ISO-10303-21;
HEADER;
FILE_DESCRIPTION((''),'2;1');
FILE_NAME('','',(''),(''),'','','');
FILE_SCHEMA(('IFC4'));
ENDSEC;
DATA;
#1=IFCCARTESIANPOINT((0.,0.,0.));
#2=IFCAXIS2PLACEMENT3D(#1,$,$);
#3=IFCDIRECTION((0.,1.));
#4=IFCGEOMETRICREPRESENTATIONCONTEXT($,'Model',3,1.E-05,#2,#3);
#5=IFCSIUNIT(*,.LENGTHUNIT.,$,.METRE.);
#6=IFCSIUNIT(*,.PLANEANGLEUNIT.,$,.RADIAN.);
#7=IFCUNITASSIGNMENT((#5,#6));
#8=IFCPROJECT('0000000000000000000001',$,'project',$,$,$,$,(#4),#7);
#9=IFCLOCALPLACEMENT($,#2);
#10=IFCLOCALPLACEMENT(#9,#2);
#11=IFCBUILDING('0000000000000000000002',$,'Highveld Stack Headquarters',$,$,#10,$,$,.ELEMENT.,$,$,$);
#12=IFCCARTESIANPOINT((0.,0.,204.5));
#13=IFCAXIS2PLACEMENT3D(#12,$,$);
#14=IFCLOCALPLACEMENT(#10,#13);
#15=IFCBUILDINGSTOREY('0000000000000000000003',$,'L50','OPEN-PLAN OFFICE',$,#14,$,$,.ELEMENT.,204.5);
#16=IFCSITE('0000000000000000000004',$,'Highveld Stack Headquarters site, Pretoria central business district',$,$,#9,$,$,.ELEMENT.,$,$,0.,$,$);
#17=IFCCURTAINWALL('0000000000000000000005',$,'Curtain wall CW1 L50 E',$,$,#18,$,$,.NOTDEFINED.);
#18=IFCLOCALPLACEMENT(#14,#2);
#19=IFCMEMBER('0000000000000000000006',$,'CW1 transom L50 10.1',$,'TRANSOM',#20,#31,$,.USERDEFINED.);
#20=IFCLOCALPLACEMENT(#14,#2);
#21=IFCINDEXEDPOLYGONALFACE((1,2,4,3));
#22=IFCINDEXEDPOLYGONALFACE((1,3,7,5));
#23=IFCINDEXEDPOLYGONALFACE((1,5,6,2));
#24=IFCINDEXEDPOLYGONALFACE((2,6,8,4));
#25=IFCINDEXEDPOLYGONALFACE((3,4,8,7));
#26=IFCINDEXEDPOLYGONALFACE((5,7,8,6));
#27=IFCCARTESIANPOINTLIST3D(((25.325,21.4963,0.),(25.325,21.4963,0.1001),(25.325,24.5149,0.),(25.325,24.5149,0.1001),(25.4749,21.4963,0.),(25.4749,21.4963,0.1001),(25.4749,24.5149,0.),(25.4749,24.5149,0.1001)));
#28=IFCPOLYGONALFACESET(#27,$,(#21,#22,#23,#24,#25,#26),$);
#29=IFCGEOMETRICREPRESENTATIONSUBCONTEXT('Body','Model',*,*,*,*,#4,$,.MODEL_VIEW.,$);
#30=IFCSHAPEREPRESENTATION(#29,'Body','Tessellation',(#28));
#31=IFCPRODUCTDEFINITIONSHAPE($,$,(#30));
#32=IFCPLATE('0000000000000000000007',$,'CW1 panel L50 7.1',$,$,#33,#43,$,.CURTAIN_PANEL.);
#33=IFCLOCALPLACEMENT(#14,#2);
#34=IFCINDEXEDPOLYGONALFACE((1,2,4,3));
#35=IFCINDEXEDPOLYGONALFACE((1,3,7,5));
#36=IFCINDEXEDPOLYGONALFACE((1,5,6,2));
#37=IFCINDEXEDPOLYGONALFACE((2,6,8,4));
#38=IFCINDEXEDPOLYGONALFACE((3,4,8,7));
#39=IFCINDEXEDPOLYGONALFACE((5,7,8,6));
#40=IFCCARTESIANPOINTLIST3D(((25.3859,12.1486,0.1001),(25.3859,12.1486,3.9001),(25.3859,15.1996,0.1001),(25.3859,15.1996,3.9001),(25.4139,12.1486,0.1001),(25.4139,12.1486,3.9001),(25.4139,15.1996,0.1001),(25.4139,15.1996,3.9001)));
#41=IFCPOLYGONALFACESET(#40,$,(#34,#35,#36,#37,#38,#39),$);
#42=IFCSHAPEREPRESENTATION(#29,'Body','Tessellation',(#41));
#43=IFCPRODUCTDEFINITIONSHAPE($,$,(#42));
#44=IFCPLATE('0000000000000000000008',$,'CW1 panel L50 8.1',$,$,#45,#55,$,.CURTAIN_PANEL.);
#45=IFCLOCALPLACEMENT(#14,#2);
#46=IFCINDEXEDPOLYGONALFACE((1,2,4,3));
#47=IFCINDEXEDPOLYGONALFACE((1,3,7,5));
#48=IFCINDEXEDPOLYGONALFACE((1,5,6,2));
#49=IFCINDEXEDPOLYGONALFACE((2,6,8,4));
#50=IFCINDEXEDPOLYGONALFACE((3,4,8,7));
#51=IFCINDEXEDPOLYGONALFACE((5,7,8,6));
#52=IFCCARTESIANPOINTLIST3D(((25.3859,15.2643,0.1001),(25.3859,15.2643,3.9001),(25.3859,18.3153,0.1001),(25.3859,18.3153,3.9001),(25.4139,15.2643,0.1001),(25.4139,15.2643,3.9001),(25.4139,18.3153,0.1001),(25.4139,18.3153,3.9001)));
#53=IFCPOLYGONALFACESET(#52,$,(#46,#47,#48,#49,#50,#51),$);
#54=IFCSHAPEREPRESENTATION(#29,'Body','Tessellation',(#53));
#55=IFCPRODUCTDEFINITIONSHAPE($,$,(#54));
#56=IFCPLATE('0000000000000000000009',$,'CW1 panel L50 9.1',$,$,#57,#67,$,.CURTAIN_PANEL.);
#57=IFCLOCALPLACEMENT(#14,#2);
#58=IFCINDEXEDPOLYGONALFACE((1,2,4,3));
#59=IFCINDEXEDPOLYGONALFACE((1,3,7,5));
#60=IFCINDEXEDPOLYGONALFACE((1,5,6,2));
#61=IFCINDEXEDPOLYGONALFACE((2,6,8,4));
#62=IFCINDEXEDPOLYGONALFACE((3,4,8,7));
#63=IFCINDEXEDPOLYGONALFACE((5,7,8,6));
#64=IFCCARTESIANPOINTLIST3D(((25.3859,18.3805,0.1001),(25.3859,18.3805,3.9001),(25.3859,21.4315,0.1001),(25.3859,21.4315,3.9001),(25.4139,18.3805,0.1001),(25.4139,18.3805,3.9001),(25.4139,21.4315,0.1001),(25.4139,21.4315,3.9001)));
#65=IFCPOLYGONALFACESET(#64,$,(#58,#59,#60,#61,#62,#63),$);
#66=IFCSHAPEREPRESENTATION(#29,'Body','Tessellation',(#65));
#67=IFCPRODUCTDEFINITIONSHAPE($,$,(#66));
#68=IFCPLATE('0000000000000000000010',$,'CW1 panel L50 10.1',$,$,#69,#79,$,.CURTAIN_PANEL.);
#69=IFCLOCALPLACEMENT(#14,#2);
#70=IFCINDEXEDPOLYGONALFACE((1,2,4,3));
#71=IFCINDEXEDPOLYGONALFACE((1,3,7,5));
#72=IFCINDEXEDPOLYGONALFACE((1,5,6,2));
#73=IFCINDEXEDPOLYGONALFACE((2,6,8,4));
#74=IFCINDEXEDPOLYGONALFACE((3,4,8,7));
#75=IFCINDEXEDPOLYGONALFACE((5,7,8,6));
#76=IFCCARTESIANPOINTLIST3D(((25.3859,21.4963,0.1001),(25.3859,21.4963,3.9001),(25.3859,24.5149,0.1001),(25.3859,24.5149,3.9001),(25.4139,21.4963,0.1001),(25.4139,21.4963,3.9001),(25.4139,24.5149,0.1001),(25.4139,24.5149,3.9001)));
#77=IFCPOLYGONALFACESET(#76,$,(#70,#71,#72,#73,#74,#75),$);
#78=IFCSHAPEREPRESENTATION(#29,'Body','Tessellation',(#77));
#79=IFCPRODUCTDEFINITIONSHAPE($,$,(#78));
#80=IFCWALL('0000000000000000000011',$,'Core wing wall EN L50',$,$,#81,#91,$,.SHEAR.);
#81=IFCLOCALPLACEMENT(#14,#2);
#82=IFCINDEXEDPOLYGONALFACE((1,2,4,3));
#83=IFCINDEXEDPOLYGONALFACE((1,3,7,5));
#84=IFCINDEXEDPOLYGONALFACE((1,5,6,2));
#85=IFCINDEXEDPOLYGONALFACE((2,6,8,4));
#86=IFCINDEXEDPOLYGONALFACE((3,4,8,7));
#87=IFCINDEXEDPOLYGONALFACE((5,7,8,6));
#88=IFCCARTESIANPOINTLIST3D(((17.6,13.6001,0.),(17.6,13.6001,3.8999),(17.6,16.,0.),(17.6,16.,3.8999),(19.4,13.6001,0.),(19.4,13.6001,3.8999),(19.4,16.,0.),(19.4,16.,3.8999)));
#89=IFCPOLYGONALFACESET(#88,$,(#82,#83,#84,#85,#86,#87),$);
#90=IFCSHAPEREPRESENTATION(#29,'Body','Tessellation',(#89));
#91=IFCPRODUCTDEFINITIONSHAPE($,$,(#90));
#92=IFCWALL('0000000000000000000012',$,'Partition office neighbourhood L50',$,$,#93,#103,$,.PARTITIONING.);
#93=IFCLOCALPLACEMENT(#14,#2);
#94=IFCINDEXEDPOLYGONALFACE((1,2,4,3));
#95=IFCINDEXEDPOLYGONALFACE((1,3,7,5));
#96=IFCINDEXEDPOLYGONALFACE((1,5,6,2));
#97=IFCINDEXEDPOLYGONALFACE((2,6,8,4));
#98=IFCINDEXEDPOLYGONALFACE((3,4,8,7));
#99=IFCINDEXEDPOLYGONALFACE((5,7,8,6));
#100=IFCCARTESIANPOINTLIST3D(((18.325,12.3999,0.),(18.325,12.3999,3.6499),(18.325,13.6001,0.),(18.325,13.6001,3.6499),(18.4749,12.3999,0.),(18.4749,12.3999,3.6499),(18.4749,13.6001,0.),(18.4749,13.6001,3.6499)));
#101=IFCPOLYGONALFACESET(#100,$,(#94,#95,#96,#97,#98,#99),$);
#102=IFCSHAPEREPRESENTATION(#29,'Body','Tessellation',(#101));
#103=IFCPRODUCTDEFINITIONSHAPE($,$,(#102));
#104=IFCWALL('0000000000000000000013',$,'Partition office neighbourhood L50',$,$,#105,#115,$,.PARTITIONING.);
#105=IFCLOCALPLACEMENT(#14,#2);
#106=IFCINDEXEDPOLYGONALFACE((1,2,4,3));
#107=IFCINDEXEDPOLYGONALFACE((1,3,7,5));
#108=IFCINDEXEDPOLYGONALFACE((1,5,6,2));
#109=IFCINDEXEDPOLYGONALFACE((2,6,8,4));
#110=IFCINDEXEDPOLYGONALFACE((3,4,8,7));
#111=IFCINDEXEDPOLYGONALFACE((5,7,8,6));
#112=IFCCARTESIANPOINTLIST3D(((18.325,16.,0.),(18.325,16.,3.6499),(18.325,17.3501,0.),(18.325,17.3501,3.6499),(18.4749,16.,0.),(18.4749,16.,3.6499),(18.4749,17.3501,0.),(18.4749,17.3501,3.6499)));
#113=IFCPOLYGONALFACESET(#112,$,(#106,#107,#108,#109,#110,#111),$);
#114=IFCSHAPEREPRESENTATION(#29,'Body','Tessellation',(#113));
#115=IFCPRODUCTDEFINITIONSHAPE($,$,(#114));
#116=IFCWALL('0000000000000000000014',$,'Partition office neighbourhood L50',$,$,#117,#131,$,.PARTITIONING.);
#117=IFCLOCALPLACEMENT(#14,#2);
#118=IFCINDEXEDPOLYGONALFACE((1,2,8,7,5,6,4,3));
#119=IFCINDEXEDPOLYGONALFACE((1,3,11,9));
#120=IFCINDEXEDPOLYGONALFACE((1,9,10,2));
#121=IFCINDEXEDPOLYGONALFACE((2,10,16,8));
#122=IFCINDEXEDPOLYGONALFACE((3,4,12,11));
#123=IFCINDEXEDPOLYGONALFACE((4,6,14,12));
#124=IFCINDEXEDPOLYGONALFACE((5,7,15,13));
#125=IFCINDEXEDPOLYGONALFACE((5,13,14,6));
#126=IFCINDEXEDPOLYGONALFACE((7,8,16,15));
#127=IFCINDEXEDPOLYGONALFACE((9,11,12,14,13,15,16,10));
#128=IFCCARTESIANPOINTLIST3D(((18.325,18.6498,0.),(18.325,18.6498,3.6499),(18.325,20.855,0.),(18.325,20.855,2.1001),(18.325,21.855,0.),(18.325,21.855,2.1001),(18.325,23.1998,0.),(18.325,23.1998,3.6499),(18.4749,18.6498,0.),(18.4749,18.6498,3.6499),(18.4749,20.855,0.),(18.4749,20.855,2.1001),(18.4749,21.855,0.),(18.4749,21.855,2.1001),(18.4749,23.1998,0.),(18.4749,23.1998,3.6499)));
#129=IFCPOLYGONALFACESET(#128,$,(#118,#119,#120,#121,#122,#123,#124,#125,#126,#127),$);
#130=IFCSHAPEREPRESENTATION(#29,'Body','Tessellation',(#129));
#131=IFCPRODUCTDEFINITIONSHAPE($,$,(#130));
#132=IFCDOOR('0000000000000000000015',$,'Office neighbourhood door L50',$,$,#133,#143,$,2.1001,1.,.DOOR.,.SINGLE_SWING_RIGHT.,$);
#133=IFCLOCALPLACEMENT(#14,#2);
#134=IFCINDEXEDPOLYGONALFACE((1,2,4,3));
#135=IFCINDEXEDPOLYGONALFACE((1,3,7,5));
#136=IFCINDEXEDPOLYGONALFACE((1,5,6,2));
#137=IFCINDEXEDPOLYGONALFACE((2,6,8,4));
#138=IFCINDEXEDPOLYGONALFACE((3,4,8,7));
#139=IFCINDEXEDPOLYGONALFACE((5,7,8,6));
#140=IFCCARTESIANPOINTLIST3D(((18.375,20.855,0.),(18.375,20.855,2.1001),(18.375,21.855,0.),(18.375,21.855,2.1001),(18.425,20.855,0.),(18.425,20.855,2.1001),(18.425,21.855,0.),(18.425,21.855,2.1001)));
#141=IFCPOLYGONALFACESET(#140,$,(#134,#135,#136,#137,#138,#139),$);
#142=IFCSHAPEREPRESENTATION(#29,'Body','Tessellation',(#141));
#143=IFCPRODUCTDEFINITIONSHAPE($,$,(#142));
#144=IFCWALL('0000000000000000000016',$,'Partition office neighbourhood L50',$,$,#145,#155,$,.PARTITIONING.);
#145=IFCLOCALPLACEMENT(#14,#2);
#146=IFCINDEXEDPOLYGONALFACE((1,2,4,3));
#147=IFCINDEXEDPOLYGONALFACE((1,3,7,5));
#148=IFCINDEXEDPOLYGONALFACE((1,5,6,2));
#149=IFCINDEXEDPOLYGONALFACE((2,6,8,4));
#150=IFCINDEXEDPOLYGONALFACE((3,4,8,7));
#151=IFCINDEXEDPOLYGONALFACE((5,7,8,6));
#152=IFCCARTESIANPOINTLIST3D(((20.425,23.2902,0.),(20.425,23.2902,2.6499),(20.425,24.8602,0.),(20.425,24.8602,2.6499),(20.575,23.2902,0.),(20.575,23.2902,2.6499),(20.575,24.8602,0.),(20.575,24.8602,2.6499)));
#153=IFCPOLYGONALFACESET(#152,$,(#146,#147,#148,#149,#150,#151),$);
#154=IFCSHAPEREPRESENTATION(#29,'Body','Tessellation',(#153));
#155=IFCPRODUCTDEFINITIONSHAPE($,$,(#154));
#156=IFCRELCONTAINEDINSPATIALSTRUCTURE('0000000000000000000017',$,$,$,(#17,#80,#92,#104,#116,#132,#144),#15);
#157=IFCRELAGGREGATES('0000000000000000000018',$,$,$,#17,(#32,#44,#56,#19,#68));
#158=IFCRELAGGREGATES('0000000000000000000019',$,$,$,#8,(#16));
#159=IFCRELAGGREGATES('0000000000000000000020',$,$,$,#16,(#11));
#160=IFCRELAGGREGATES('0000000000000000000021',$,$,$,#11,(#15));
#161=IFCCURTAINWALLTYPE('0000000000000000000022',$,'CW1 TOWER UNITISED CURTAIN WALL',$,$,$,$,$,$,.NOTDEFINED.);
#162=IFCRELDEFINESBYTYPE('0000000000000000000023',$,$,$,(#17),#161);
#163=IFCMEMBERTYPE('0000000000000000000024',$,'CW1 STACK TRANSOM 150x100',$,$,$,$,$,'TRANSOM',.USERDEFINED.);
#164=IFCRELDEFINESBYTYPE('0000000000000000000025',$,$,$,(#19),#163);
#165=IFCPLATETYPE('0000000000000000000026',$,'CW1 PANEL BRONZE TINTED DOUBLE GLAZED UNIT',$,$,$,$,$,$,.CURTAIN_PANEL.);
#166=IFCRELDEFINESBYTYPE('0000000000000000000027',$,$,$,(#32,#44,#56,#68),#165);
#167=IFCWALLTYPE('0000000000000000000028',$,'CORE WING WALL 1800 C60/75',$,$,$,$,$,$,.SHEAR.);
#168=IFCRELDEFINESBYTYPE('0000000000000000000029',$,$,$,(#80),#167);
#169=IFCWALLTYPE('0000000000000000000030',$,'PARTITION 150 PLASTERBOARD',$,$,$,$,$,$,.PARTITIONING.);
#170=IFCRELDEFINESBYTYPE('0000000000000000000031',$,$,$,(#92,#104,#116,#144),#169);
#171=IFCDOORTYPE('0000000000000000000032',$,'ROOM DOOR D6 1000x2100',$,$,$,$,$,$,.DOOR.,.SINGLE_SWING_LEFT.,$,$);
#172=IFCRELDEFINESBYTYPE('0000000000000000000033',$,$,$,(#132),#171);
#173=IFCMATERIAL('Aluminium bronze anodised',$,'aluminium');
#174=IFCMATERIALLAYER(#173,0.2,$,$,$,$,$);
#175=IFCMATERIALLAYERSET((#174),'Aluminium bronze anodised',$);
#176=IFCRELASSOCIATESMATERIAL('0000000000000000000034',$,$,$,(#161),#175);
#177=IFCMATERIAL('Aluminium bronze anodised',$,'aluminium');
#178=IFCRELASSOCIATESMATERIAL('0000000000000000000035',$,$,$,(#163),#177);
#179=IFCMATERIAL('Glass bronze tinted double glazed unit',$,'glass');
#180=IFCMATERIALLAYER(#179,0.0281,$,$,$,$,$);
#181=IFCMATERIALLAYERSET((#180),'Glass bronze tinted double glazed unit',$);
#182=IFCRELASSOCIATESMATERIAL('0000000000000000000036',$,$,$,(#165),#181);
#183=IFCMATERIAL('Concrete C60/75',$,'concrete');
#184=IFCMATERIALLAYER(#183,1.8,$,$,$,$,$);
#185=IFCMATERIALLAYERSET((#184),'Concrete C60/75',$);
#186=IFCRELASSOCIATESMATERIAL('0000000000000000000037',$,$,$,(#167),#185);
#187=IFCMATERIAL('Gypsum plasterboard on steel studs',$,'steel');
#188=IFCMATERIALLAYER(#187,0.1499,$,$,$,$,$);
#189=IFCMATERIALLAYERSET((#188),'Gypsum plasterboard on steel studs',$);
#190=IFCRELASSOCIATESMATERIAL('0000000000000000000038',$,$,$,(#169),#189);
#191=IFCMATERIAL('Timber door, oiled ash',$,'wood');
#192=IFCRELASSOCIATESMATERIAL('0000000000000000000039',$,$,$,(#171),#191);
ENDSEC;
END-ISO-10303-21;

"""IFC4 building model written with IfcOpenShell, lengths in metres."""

from ifc_helpers import new_model, si_unit, direction, frame, frame_2d, origin, origin_2d, place, context, subcontext, project, spatial, rectangle, extrude, material, layer, layer_set, material_profile, profile_set, type_object, element, fill, aggregate, save


model = new_model("IFC4")

# Units and contexts
model_context = context("Model", 3, precision=1e-05, world=origin(), true_north=direction((0.0, 1.0)))
body_context = subcontext(model_context, "Body", "Model", "MODEL_VIEW")
ifc_project = project(units=[si_unit("LENGTHUNIT", "METRE"), si_unit("PLANEANGLEUNIT", "RADIAN")], contexts=[model_context])

# Site, building, storey
site_placement = place(None, origin())
site = spatial("IfcSite", under=ifc_project, at=site_placement, Name="Highveld Stack Headquarters site, Pretoria central business district", CompositionType="ELEMENT", RefElevation=0.0)
building_placement = place(site_placement, origin())
building = spatial("IfcBuilding", under=site, at=building_placement, Name="Highveld Stack Headquarters", CompositionType="ELEMENT")
storey_placement = place(building_placement, frame((0.0, 0.0, 204.5)))
storey = spatial("IfcBuildingStorey", under=building, at=storey_placement, Name="L50", Description="OPEN-PLAN OFFICE", CompositionType="ELEMENT", Elevation=204.5)

# Curtain wall, member, plates
ifc_material_1 = material(Name="Aluminium bronze anodised", Category="aluminium")
ifc_layer_1 = layer(ifc_material_1, 0.2)
ifc_layer_set_1 = layer_set([ifc_layer_1], Name="Aluminium bronze anodised")
curtain_wall_type = type_object("IfcCurtainWallType", Name="CW1 TOWER UNITISED CURTAIN WALL", PredefinedType="NOTDEFINED", material=ifc_layer_set_1)
curtain_wall_placement = place(storey_placement, origin())
curtain_wall = element("IfcCurtainWall", 1, at=curtain_wall_placement, inside=storey, type_object=curtain_wall_type, Name="Curtain wall CW1 L50 E", PredefinedType="NOTDEFINED")
ifc_material_2 = material(Name="Aluminium bronze anodised", Category="aluminium")
ifc_material_profile_1 = material_profile(ifc_material_2, rectangle(XDim=0.1499, YDim=0.1001, at=origin_2d()), Name="CW1 TRANSOM 150x100")
ifc_profile_set_1 = profile_set([ifc_material_profile_1], Name="Aluminium bronze anodised")
member_type_1 = type_object("IfcMemberType", Name="CW1 STACK TRANSOM 150x100", ElementType="TRANSOM", PredefinedType="USERDEFINED", material=ifc_profile_set_1)
member_1_placement = place(storey_placement, frame((25.3999, 21.4963, 0.05), z_axis=(0.0, 1.0, 0.0), x_axis=(-1.0, 0.0, 0.0)))
member_1 = element("IfcMember", 2, at=member_1_placement, type_object=member_type_1, Name="CW1 transom L50 10.1", ObjectType="TRANSOM", PredefinedType="USERDEFINED", context=body_context, shape_type="SweptSolid", body=[
    extrude(rectangle(XDim=0.1499, YDim=0.1001, at=origin_2d()), origin(), (0.0, 0.0, 1.0), 3.0186),
])
ifc_material_3 = material(Name="Glass bronze tinted double glazed unit", Category="glass")
ifc_layer_2 = layer(ifc_material_3, 0.0281)
ifc_layer_set_2 = layer_set([ifc_layer_2], Name="Glass bronze tinted double glazed unit")
plate_type = type_object("IfcPlateType", Name="CW1 PANEL BRONZE TINTED DOUBLE GLAZED UNIT", PredefinedType="CURTAIN_PANEL", material=ifc_layer_set_2)
plate_1_placement = place(storey_placement, frame((25.3999, 13.6741, 0.1001), z_axis=(0.0, 0.0, 1.0), x_axis=(0.0, 1.0, 0.0)))
plate_1 = element("IfcPlate", 3, at=plate_1_placement, type_object=plate_type, Name="CW1 panel L50 7.1", PredefinedType="CURTAIN_PANEL", context=body_context, shape_type="SweptSolid", body=[
    extrude(rectangle(XDim=3.051, YDim=0.0281, at=origin_2d()), origin(), (0.0, 0.0, 1.0), 3.8),
])
plate_2_placement = place(storey_placement, frame((25.3999, 16.7898, 0.1001), z_axis=(0.0, 0.0, 1.0), x_axis=(0.0, 1.0, 0.0)))
plate_2 = element("IfcPlate", 4, at=plate_2_placement, type_object=plate_type, Name="CW1 panel L50 8.1", PredefinedType="CURTAIN_PANEL", context=body_context, shape_type="SweptSolid", body=[
    extrude(rectangle(XDim=3.051, YDim=0.0281, at=origin_2d()), origin(), (0.0, 0.0, 1.0), 3.8),
])
plate_3_placement = place(storey_placement, frame((25.3999, 19.906, 0.1001), z_axis=(0.0, 0.0, 1.0), x_axis=(0.0, 1.0, 0.0)))
plate_3 = element("IfcPlate", 5, at=plate_3_placement, type_object=plate_type, Name="CW1 panel L50 9.1", PredefinedType="CURTAIN_PANEL", context=body_context, shape_type="SweptSolid", body=[
    extrude(rectangle(XDim=3.051, YDim=0.0281, at=origin_2d()), origin(), (0.0, 0.0, 1.0), 3.8),
])
plate_4_placement = place(storey_placement, frame((25.3999, 23.0056, 0.1001), z_axis=(0.0, 0.0, 1.0), x_axis=(0.0, 1.0, 0.0)))
plate_4 = element("IfcPlate", 6, at=plate_4_placement, type_object=plate_type, Name="CW1 panel L50 10.1", PredefinedType="CURTAIN_PANEL", context=body_context, shape_type="SweptSolid", body=[
    extrude(rectangle(XDim=3.0186, YDim=0.0281, at=origin_2d()), origin(), (0.0, 0.0, 1.0), 3.8),
])
aggregate(curtain_wall, [plate_1, plate_2, plate_3, member_1, plate_4])

# Walls
ifc_material_4 = material(Name="Concrete C60/75", Category="concrete")
ifc_layer_3 = layer(ifc_material_4, 1.8)
ifc_layer_set_3 = layer_set([ifc_layer_3], Name="Concrete C60/75")
wall_type_1 = type_object("IfcWallType", Name="CORE WING WALL 1800 C60/75", PredefinedType="SHEAR", material=ifc_layer_set_3)
wall_1_placement = place(storey_placement, frame((18.5, 13.6001, 0.0), z_axis=(0.0, 0.0, 1.0), x_axis=(0.0, 1.0, 0.0)))
element("IfcWall", 7, at=wall_1_placement, inside=storey, type_object=wall_type_1, Name="Core wing wall EN L50", PredefinedType="SHEAR", context=body_context, shape_type="SweptSolid", body=[
    extrude(rectangle(XDim=2.3999, YDim=1.8, at=frame_2d((1.2, 0.0))), origin(), (0.0, 0.0, 1.0), 3.8999),
])
ifc_material_5 = material(Name="Gypsum plasterboard on steel studs", Category="steel")
ifc_layer_4 = layer(ifc_material_5, 0.1499)
ifc_layer_set_4 = layer_set([ifc_layer_4], Name="Gypsum plasterboard on steel studs")
wall_type_2 = type_object("IfcWallType", Name="PARTITION 150 PLASTERBOARD", PredefinedType="PARTITIONING", material=ifc_layer_set_4)
wall_2_placement = place(storey_placement, frame((18.3999, 12.3999, 0.0), z_axis=(0.0, 0.0, 1.0), x_axis=(0.0, 1.0, 0.0)))
element("IfcWall", 8, at=wall_2_placement, inside=storey, type_object=wall_type_2, Name="Partition office neighbourhood L50", PredefinedType="PARTITIONING", context=body_context, shape_type="SweptSolid", body=[
    extrude(rectangle(XDim=1.2002, YDim=0.1499, at=frame_2d((0.6001, 0.0))), origin(), (0.0, 0.0, 1.0), 3.6499),
])
wall_3_placement = place(storey_placement, frame((18.3999, 16.0, 0.0), z_axis=(0.0, 0.0, 1.0), x_axis=(0.0, 1.0, 0.0)))
element("IfcWall", 9, at=wall_3_placement, inside=storey, type_object=wall_type_2, Name="Partition office neighbourhood L50", PredefinedType="PARTITIONING", context=body_context, shape_type="SweptSolid", body=[
    extrude(rectangle(XDim=1.3501, YDim=0.1499, at=frame_2d((0.675, 0.0))), origin(), (0.0, 0.0, 1.0), 3.6499),
])

# Wall, opening, door
wall_4_placement = place(storey_placement, frame((18.3999, 18.6499, 0.0), z_axis=(0.0, 0.0, 1.0), x_axis=(0.0, 1.0, 0.0)))
wall_4 = element("IfcWall", 10, at=wall_4_placement, inside=storey, type_object=wall_type_2, Name="Partition office neighbourhood L50", PredefinedType="PARTITIONING", context=body_context, shape_type="SweptSolid", body=[
    extrude(rectangle(XDim=4.55, YDim=0.1499, at=frame_2d((2.2749, 0.0))), origin(), (0.0, 0.0, 1.0), 3.6499),
])
opening_placement = place(wall_4_placement, frame((2.2051, 0.0, 0.0)))
opening = element("IfcOpeningElement", 11, at=opening_placement, cuts=wall_4, PredefinedType="OPENING", context=body_context, shape_type="SweptSolid", body=[
    extrude(rectangle(XDim=1.0, YDim=2.1001, at=frame_2d((0.5, 1.05))), frame((0.0, 0.085, 0.0), z_axis=(0.0, -1.0, 0.0), x_axis=(1.0, 0.0, 0.0)), (0.0, 0.0, 1.0), 0.1699),
])
ifc_material_6 = material(Name="Timber door, oiled ash", Category="wood")
door_type = type_object("IfcDoorType", Name="ROOM DOOR D6 1000x2100", OperationType="SINGLE_SWING_LEFT", PredefinedType="DOOR", material=ifc_material_6)
door_placement = place(opening_placement, origin())
door = element("IfcDoor", 12, at=door_placement, inside=storey, type_object=door_type, Name="Office neighbourhood door L50", OperationType="SINGLE_SWING_RIGHT", OverallHeight=2.1001, OverallWidth=1.0, PredefinedType="DOOR", context=body_context, shape_type="SweptSolid", body=[
    extrude(rectangle(XDim=1.0, YDim=2.1001, at=frame_2d((0.5, 1.05))), frame((0.0, 0.0249, 0.0), z_axis=(0.0, -1.0, 0.0), x_axis=(1.0, 0.0, 0.0)), (0.0, 0.0, 1.0), 0.05),
])
fill(opening, door)

# Wall
wall_5_placement = place(storey_placement, frame((20.5, 23.29, 0.0), z_axis=(0.0, 0.0, 1.0), x_axis=(0.0, 1.0, 0.0)))
element("IfcWall", 13, at=wall_5_placement, inside=storey, type_object=wall_type_2, Name="Partition office neighbourhood L50", PredefinedType="PARTITIONING", context=body_context, shape_type="SweptSolid", body=[
    extrude(rectangle(XDim=1.5701, YDim=0.1499, at=frame_2d((0.7852, 0.0))), origin(), (0.0, 0.0, 1.0), 2.6499),
])

save(model, "model.ifc")
